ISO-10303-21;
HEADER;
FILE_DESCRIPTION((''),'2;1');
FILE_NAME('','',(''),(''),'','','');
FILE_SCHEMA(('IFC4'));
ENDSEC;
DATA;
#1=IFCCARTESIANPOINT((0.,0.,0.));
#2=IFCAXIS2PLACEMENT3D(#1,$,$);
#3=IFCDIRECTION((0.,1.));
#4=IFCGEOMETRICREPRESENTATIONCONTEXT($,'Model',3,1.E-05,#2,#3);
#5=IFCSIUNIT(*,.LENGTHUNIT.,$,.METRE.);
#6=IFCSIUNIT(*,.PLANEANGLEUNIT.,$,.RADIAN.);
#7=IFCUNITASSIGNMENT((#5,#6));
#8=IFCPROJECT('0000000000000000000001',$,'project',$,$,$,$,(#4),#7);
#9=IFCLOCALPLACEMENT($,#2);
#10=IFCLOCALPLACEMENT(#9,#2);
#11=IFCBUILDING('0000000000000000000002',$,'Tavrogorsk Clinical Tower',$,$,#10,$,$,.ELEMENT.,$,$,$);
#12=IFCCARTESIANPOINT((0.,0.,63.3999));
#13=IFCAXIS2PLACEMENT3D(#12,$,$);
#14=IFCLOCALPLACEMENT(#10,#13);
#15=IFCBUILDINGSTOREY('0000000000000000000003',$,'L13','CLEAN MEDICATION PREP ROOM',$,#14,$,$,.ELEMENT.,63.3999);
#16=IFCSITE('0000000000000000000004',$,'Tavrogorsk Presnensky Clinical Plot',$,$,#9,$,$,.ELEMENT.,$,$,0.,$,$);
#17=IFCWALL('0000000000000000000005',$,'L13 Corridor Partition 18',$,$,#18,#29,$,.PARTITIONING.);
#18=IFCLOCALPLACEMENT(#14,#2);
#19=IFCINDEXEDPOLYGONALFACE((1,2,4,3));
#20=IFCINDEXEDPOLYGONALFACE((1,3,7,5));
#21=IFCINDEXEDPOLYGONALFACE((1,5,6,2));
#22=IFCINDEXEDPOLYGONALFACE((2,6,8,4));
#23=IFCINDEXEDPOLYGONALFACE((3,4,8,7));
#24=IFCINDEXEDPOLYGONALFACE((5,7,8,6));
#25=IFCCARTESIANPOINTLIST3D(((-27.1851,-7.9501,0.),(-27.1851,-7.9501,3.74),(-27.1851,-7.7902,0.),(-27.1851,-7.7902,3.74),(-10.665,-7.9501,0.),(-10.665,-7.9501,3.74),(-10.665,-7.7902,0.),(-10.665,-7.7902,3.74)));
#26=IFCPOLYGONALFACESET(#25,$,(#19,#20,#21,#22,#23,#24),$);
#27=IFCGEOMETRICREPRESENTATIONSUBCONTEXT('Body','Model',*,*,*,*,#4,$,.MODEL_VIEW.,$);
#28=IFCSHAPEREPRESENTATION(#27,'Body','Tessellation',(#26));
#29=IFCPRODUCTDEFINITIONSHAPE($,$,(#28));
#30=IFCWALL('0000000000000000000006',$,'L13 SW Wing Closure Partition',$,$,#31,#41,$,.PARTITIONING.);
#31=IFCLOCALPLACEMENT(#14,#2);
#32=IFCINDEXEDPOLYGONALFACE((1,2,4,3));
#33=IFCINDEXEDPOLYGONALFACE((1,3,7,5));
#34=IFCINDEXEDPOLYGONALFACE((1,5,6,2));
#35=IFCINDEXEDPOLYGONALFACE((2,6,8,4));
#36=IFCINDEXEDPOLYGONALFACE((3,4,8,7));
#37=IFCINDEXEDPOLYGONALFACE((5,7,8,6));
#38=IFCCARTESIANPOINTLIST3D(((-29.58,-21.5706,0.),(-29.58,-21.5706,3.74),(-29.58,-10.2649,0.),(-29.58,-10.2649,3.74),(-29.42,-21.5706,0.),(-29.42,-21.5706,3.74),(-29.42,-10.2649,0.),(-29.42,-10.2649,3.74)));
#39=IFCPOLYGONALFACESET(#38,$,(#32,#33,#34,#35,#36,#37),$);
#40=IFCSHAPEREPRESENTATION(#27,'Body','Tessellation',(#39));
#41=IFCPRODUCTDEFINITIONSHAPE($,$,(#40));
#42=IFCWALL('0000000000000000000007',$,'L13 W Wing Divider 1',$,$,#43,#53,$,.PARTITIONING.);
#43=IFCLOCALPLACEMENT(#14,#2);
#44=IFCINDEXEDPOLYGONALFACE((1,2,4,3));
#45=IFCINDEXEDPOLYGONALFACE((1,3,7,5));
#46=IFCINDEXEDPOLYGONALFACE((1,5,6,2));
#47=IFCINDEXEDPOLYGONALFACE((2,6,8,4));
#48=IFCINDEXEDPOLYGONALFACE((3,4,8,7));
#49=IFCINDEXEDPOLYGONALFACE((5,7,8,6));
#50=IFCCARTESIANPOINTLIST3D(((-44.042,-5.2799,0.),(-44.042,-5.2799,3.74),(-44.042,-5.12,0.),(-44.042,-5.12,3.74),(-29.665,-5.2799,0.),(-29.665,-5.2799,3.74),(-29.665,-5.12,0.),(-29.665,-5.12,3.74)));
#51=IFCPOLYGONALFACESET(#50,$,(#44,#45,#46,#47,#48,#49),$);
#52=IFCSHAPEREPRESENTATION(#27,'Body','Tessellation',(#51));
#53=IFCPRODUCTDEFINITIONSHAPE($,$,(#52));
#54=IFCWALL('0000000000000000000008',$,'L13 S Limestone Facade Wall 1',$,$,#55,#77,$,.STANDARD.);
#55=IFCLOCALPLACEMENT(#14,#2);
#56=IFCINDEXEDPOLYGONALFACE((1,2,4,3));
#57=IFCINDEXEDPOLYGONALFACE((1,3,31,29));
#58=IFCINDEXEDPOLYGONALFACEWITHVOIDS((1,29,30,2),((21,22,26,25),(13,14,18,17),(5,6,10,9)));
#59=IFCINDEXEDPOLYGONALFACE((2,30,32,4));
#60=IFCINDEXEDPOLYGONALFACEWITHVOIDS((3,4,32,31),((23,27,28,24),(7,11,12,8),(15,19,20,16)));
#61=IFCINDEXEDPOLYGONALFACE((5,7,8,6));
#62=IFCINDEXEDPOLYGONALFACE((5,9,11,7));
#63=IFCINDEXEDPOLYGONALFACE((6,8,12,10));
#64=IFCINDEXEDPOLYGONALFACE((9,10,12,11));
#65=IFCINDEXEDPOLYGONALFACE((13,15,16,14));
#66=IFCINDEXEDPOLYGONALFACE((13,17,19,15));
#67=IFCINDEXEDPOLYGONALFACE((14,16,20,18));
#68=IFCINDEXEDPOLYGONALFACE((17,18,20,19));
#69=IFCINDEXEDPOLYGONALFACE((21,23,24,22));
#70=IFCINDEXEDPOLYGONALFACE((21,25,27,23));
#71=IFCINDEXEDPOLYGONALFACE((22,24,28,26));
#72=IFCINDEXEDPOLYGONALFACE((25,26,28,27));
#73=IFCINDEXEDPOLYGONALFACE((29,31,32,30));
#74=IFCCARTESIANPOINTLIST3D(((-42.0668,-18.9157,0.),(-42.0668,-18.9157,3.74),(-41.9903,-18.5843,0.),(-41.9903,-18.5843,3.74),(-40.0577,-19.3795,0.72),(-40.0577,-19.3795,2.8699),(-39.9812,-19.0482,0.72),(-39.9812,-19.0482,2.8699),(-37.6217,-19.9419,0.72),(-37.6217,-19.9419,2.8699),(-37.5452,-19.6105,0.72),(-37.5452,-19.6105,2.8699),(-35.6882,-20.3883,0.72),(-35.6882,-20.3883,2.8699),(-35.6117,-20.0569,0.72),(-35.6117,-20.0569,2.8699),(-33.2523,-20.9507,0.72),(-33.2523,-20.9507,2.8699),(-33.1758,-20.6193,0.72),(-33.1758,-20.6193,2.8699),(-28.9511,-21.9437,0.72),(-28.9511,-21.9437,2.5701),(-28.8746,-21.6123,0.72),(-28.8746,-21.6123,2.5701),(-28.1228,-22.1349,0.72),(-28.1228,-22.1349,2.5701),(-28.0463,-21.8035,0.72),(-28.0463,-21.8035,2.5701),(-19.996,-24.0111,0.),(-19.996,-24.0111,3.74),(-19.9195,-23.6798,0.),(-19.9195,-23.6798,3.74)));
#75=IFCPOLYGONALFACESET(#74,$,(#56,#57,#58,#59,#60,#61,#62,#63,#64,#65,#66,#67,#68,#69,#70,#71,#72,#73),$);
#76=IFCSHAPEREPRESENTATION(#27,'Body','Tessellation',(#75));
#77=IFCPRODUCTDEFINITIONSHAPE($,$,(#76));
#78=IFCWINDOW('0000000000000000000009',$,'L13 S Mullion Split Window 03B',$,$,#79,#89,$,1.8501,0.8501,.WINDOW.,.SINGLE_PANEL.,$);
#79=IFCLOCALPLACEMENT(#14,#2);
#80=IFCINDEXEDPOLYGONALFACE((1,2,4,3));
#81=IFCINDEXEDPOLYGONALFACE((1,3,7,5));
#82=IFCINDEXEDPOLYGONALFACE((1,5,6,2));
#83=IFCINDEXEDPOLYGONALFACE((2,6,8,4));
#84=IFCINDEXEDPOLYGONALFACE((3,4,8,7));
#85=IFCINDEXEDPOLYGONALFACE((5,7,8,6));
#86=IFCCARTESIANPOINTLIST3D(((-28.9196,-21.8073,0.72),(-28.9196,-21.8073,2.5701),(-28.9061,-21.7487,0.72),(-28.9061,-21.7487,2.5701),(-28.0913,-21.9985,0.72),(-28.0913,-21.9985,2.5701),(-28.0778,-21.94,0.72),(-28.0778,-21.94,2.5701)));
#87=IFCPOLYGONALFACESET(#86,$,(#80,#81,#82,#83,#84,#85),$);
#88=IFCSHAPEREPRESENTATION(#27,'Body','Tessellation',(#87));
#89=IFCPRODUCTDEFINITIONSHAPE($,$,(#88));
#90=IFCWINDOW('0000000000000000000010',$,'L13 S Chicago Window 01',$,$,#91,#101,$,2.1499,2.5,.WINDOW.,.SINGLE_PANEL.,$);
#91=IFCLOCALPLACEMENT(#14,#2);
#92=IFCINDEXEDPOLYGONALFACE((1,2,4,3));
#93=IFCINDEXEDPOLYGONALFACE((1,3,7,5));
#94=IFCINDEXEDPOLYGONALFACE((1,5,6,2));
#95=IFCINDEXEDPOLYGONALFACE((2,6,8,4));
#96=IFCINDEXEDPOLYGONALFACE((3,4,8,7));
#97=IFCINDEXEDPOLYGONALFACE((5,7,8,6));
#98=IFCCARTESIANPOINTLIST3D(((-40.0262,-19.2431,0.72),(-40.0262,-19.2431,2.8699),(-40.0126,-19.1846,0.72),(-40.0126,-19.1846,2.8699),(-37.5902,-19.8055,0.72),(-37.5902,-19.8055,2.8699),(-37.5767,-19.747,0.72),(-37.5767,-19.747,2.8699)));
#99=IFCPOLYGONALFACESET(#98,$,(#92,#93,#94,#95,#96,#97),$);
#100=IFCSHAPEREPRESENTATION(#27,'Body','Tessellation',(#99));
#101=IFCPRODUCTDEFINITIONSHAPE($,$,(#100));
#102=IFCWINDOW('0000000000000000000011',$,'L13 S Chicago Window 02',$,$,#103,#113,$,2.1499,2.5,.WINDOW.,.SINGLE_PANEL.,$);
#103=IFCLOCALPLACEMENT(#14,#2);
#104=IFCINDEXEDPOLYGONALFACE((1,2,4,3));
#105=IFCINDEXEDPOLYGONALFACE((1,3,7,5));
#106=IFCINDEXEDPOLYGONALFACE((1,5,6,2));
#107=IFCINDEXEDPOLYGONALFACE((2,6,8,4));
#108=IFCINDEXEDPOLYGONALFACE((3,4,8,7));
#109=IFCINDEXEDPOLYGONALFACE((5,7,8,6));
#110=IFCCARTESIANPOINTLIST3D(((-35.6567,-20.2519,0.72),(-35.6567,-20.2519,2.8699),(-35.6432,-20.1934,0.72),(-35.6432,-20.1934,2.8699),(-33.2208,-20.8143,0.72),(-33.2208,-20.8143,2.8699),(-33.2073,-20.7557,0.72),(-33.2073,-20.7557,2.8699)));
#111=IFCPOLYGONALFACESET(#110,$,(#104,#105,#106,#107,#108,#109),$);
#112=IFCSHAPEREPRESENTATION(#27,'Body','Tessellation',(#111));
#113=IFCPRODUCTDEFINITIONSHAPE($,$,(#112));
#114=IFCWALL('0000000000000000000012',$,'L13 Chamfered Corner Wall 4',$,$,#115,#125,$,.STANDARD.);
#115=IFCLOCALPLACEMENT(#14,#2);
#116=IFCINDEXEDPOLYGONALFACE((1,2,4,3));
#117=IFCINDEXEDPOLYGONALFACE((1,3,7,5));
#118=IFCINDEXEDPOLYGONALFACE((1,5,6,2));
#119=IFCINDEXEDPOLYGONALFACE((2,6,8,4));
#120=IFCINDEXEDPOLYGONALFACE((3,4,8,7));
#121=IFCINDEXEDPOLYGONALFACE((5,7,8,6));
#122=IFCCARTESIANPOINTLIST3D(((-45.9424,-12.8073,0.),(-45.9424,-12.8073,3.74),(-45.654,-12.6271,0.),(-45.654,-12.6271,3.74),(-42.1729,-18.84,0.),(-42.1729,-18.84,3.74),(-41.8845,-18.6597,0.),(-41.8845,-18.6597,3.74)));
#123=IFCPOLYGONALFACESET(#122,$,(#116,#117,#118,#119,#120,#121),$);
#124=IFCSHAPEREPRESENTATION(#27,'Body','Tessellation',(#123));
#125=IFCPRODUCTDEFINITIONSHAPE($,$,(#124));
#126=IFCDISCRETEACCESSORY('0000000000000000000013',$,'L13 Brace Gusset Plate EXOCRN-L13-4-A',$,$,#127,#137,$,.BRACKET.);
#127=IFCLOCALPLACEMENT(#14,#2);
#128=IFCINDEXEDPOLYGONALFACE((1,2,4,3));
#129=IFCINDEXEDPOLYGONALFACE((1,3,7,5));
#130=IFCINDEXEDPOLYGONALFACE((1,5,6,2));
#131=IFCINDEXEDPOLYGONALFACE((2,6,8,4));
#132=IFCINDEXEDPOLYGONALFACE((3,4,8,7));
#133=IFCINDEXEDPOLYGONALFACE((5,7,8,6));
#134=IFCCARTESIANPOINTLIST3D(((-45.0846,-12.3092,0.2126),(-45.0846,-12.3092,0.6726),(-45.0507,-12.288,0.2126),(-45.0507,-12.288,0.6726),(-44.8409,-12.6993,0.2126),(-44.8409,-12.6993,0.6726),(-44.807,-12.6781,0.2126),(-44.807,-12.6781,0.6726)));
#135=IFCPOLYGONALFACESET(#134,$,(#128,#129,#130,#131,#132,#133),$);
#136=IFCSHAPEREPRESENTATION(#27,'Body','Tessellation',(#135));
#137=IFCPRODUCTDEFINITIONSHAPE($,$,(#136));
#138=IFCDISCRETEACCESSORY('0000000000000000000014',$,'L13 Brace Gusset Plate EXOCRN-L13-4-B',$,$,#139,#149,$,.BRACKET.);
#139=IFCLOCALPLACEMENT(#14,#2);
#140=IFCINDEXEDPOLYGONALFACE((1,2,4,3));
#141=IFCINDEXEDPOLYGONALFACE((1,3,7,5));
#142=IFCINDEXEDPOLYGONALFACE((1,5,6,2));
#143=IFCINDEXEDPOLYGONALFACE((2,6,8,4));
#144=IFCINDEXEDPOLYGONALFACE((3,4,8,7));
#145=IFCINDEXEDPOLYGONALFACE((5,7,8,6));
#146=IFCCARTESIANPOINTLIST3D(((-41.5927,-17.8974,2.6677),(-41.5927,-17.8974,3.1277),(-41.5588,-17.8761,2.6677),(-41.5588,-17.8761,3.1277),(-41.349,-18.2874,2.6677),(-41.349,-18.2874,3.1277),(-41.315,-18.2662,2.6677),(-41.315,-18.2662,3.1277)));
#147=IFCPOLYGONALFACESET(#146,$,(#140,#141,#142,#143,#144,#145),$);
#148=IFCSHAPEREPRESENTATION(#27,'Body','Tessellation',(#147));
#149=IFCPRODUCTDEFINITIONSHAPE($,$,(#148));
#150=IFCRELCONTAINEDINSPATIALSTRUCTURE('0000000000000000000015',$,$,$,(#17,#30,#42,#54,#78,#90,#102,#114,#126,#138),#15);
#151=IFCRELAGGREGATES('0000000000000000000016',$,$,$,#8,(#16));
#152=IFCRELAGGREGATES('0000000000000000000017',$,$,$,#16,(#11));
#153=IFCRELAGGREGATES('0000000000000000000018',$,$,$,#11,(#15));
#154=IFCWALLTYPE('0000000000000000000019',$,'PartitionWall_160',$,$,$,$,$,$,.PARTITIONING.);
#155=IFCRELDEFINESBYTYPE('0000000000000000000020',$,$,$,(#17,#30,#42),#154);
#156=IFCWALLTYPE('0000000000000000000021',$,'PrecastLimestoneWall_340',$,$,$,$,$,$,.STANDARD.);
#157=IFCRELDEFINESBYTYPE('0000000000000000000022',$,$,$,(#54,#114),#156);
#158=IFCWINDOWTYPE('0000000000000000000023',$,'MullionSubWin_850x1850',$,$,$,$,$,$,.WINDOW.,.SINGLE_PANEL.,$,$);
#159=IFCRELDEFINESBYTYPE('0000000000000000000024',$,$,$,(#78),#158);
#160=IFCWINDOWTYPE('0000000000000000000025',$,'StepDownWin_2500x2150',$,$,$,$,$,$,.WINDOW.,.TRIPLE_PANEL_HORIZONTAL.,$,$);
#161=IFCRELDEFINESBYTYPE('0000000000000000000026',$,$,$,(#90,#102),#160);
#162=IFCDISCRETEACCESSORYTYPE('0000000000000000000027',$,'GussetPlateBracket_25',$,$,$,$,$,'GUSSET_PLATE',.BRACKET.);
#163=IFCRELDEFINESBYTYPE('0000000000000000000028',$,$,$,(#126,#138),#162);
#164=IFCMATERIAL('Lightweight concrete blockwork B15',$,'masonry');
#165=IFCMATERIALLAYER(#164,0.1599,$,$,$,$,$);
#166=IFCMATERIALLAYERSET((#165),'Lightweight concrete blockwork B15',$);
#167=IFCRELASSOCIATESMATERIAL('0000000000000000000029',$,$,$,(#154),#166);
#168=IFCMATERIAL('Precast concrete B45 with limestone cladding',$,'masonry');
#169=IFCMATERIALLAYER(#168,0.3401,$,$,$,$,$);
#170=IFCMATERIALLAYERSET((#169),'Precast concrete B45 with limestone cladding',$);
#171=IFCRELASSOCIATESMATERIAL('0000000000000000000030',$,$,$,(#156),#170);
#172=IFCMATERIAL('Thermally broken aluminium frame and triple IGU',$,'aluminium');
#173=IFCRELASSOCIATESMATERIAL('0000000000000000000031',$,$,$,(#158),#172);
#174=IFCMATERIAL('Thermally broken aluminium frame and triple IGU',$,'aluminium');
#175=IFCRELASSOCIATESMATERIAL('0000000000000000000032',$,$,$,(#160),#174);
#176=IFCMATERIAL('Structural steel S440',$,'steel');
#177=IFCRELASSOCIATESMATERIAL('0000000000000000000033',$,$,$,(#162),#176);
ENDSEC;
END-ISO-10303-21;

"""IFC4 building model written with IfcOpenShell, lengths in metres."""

from ifc_helpers import new_model, si_unit, direction, frame, frame_2d, origin, origin_2d, place, context, subcontext, project, spatial, rectangle, extrude, material, layer, layer_set, type_object, element, fill, save


model = new_model("IFC4")

# Units and contexts
model_context = context("Model", 3, precision=1e-05, world=origin(), true_north=direction((0.0, 1.0)))
body_context = subcontext(model_context, "Body", "Model", "MODEL_VIEW")
ifc_project = project(units=[si_unit("LENGTHUNIT", "METRE"), si_unit("PLANEANGLEUNIT", "RADIAN")], contexts=[model_context])

# Site, building, storey
site_placement = place(None, origin())
site = spatial("IfcSite", under=ifc_project, at=site_placement, Name="Tavrogorsk Presnensky Clinical Plot", CompositionType="ELEMENT", RefElevation=0.0)
building_placement = place(site_placement, origin())
building = spatial("IfcBuilding", under=site, at=building_placement, Name="Tavrogorsk Clinical Tower", CompositionType="ELEMENT")
storey_placement = place(building_placement, frame((0.0, 0.0, 63.3999)))
storey = spatial("IfcBuildingStorey", under=building, at=storey_placement, Name="L13", Description="CLEAN MEDICATION PREP ROOM", CompositionType="ELEMENT", Elevation=63.3999)

# Shared definitions
ifc_material_1 = material(Name="Lightweight concrete blockwork B15", Category="masonry")
ifc_layer_1 = layer(ifc_material_1, 0.1599)
ifc_layer_set_1 = layer_set([ifc_layer_1], Name="Lightweight concrete blockwork B15")
wall_type_1 = type_object("IfcWallType", Name="PartitionWall_160", PredefinedType="PARTITIONING", material=ifc_layer_set_1)

# Walls
wall_1_placement = place(storey_placement, frame((-27.1851, -7.8701, 0.0), z_axis=(0.0, 0.0, 1.0), x_axis=(1.0, 0.0, 0.0)))
element("IfcWall", 1, at=wall_1_placement, inside=storey, type_object=wall_type_1, Name="L13 Corridor Partition 18", PredefinedType="PARTITIONING", context=body_context, shape_type="SweptSolid", body=[
    extrude(rectangle(XDim=16.52, YDim=0.1599, at=frame_2d((8.26, 0.0))), origin(), (0.0, 0.0, 1.0), 3.74),
])
wall_2_placement = place(storey_placement, frame((-29.5, -21.5706, 0.0), z_axis=(0.0, 0.0, 1.0), x_axis=(0.0, 1.0, 0.0)))
element("IfcWall", 2, at=wall_2_placement, inside=storey, type_object=wall_type_1, Name="L13 SW Wing Closure Partition", PredefinedType="PARTITIONING", context=body_context, shape_type="SweptSolid", body=[
    extrude(rectangle(XDim=11.3057, YDim=0.1599, at=frame_2d((5.6528, 0.0))), origin(), (0.0, 0.0, 1.0), 3.74),
])
wall_3_placement = place(storey_placement, frame((-44.042, -5.2, 0.0), z_axis=(0.0, 0.0, 1.0), x_axis=(1.0, 0.0, 0.0)))
element("IfcWall", 3, at=wall_3_placement, inside=storey, type_object=wall_type_1, Name="L13 W Wing Divider 1", PredefinedType="PARTITIONING", context=body_context, shape_type="SweptSolid", body=[
    extrude(rectangle(XDim=14.377, YDim=0.1599, at=frame_2d((7.1885, 0.0))), origin(), (0.0, 0.0, 1.0), 3.74),
])

# Wall, openings, windows
ifc_material_2 = material(Name="Precast concrete B45 with limestone cladding", Category="masonry")
ifc_layer_2 = layer(ifc_material_2, 0.3401)
ifc_layer_set_2 = layer_set([ifc_layer_2], Name="Precast concrete B45 with limestone cladding")
wall_type_2 = type_object("IfcWallType", Name="PrecastLimestoneWall_340", PredefinedType="STANDARD", material=ifc_layer_set_2)
wall_4_placement = place(storey_placement, frame((-42.0286, -18.75, 0.0), z_axis=(0.0, 0.0, 1.0), x_axis=(0.97437, -0.224952, 0.0)))
wall_4 = element("IfcWall", 4, at=wall_4_placement, inside=storey, type_object=wall_type_2, Name="L13 S Limestone Facade Wall 1", PredefinedType="STANDARD", context=body_context, shape_type="SweptSolid", body=[
    extrude(rectangle(XDim=22.6514, YDim=0.3401, at=frame_2d((11.3257, 0.0))), origin(), (0.0, 0.0, 1.0), 3.74),
])
opening_1_placement = place(wall_4_placement, frame((2.062, 0.0, 0.72)))
opening_1 = element("IfcOpeningElement", 5, at=opening_1_placement, cuts=wall_4, PredefinedType="OPENING", context=body_context, shape_type="SweptSolid", body=[
    extrude(rectangle(XDim=2.5, YDim=2.1499, at=frame_2d((1.25, 1.075))), frame((0.0, 0.1799, 0.0), z_axis=(0.0, -1.0, 0.0), x_axis=(1.0, 0.0, 0.0)), (0.0, 0.0, 1.0), 0.3601),
])
opening_2_placement = place(wall_4_placement, frame((6.5464, 0.0, 0.72)))
opening_2 = element("IfcOpeningElement", 6, at=opening_2_placement, cuts=wall_4, PredefinedType="OPENING", context=body_context, shape_type="SweptSolid", body=[
    extrude(rectangle(XDim=2.5, YDim=2.1499, at=frame_2d((1.25, 1.075))), frame((0.0, 0.1799, 0.0), z_axis=(0.0, -1.0, 0.0), x_axis=(1.0, 0.0, 0.0)), (0.0, 0.0, 1.0), 0.3601),
])
opening_3_placement = place(wall_4_placement, frame((13.4607, 0.0, 0.72)))
opening_3 = element("IfcOpeningElement", 7, at=opening_3_placement, cuts=wall_4, PredefinedType="OPENING", context=body_context, shape_type="SweptSolid", body=[
    extrude(rectangle(XDim=0.8501, YDim=1.8501, at=frame_2d((0.425, 0.925))), frame((0.0, 0.1799, 0.0), z_axis=(0.0, -1.0, 0.0), x_axis=(1.0, 0.0, 0.0)), (0.0, 0.0, 1.0), 0.3601),
])
ifc_material_3 = material(Name="Thermally broken aluminium frame and triple IGU", Category="aluminium")
window_type_1 = type_object("IfcWindowType", Name="MullionSubWin_850x1850", PartitioningType="SINGLE_PANEL", PredefinedType="WINDOW", material=ifc_material_3)
window_1_placement = place(opening_3_placement, origin())
window_1 = element("IfcWindow", 8, at=window_1_placement, inside=storey, type_object=window_type_1, Name="L13 S Mullion Split Window 03B", OverallHeight=1.8501, OverallWidth=0.8501, PartitioningType="SINGLE_PANEL", PredefinedType="WINDOW", context=body_context, shape_type="SweptSolid", body=[
    extrude(rectangle(XDim=0.8501, YDim=1.8501, at=frame_2d((0.425, 0.925))), frame((0.0, 0.03, 0.0), z_axis=(0.0, -1.0, 0.0), x_axis=(1.0, 0.0, 0.0)), (0.0, 0.0, 1.0), 0.0601),
])
fill(opening_3, window_1)
ifc_material_4 = material(Name="Thermally broken aluminium frame and triple IGU", Category="aluminium")
window_type_2 = type_object("IfcWindowType", Name="StepDownWin_2500x2150", PartitioningType="TRIPLE_PANEL_HORIZONTAL", PredefinedType="WINDOW", material=ifc_material_4)
window_2_placement = place(opening_1_placement, origin())
window_2 = element("IfcWindow", 9, at=window_2_placement, inside=storey, type_object=window_type_2, Name="L13 S Chicago Window 01", OverallHeight=2.1499, OverallWidth=2.5, PartitioningType="SINGLE_PANEL", PredefinedType="WINDOW", context=body_context, shape_type="SweptSolid", body=[
    extrude(rectangle(XDim=2.5, YDim=2.1499, at=frame_2d((1.25, 1.075))), frame((0.0, 0.03, 0.0), z_axis=(0.0, -1.0, 0.0), x_axis=(1.0, 0.0, 0.0)), (0.0, 0.0, 1.0), 0.0601),
])
fill(opening_1, window_2)
window_3_placement = place(opening_2_placement, origin())
window_3 = element("IfcWindow", 10, at=window_3_placement, inside=storey, type_object=window_type_2, Name="L13 S Chicago Window 02", OverallHeight=2.1499, OverallWidth=2.5, PartitioningType="SINGLE_PANEL", PredefinedType="WINDOW", context=body_context, shape_type="SweptSolid", body=[
    extrude(rectangle(XDim=2.5, YDim=2.1499, at=frame_2d((1.25, 1.075))), frame((0.0, 0.03, 0.0), z_axis=(0.0, -1.0, 0.0), x_axis=(1.0, 0.0, 0.0)), (0.0, 0.0, 1.0), 0.0601),
])
fill(opening_2, window_3)

# Wall
wall_5_placement = place(storey_placement, frame((-45.7981, -12.7173, 0.0), z_axis=(0.0, 0.0, 1.0), x_axis=(0.529906, -0.848056, 0.0)))
element("IfcWall", 11, at=wall_5_placement, inside=storey, type_object=wall_type_2, Name="L13 Chamfered Corner Wall 4", PredefinedType="STANDARD", context=body_context, shape_type="SweptSolid", body=[
    extrude(rectangle(XDim=7.1135, YDim=0.3401, at=frame_2d((3.5566, 0.0))), origin(), (0.0, 0.0, 1.0), 3.74),
])

# Discrete accessories
ifc_material_5 = material(Name="Structural steel S440", Category="steel")
discrete_accessory_type = type_object("IfcDiscreteAccessoryType", Name="GussetPlateBracket_25", ElementType="GUSSET_PLATE", PredefinedType="BRACKET", material=ifc_material_5)
for number, where, z_axis, x_axis, name in (
    (12, (-44.9458, -12.4937, 0.2126), (0.0, 0.0, 1.0), (0.529919, -0.848048, 0.0), "L13 Brace Gusset Plate EXOCRN-L13-4-A"),
    (13, (-41.4539, -18.0818, 2.6677), (0.0, 0.0, 1.0), (0.529919, -0.848048, 0.0), "L13 Brace Gusset Plate EXOCRN-L13-4-B"),
):
    element("IfcDiscreteAccessory", number, at=place(storey_placement, frame(where, z_axis=z_axis, x_axis=x_axis)), inside=storey, type_object=discrete_accessory_type, Name=name, PredefinedType="BRACKET", context=body_context, shape_type="SweptSolid", body=[
        extrude(rectangle(XDim=0.46, YDim=0.04, at=origin_2d()), origin(), (0.0, 0.0, 1.0), 0.46),
    ])

save(model, "model.ifc")
